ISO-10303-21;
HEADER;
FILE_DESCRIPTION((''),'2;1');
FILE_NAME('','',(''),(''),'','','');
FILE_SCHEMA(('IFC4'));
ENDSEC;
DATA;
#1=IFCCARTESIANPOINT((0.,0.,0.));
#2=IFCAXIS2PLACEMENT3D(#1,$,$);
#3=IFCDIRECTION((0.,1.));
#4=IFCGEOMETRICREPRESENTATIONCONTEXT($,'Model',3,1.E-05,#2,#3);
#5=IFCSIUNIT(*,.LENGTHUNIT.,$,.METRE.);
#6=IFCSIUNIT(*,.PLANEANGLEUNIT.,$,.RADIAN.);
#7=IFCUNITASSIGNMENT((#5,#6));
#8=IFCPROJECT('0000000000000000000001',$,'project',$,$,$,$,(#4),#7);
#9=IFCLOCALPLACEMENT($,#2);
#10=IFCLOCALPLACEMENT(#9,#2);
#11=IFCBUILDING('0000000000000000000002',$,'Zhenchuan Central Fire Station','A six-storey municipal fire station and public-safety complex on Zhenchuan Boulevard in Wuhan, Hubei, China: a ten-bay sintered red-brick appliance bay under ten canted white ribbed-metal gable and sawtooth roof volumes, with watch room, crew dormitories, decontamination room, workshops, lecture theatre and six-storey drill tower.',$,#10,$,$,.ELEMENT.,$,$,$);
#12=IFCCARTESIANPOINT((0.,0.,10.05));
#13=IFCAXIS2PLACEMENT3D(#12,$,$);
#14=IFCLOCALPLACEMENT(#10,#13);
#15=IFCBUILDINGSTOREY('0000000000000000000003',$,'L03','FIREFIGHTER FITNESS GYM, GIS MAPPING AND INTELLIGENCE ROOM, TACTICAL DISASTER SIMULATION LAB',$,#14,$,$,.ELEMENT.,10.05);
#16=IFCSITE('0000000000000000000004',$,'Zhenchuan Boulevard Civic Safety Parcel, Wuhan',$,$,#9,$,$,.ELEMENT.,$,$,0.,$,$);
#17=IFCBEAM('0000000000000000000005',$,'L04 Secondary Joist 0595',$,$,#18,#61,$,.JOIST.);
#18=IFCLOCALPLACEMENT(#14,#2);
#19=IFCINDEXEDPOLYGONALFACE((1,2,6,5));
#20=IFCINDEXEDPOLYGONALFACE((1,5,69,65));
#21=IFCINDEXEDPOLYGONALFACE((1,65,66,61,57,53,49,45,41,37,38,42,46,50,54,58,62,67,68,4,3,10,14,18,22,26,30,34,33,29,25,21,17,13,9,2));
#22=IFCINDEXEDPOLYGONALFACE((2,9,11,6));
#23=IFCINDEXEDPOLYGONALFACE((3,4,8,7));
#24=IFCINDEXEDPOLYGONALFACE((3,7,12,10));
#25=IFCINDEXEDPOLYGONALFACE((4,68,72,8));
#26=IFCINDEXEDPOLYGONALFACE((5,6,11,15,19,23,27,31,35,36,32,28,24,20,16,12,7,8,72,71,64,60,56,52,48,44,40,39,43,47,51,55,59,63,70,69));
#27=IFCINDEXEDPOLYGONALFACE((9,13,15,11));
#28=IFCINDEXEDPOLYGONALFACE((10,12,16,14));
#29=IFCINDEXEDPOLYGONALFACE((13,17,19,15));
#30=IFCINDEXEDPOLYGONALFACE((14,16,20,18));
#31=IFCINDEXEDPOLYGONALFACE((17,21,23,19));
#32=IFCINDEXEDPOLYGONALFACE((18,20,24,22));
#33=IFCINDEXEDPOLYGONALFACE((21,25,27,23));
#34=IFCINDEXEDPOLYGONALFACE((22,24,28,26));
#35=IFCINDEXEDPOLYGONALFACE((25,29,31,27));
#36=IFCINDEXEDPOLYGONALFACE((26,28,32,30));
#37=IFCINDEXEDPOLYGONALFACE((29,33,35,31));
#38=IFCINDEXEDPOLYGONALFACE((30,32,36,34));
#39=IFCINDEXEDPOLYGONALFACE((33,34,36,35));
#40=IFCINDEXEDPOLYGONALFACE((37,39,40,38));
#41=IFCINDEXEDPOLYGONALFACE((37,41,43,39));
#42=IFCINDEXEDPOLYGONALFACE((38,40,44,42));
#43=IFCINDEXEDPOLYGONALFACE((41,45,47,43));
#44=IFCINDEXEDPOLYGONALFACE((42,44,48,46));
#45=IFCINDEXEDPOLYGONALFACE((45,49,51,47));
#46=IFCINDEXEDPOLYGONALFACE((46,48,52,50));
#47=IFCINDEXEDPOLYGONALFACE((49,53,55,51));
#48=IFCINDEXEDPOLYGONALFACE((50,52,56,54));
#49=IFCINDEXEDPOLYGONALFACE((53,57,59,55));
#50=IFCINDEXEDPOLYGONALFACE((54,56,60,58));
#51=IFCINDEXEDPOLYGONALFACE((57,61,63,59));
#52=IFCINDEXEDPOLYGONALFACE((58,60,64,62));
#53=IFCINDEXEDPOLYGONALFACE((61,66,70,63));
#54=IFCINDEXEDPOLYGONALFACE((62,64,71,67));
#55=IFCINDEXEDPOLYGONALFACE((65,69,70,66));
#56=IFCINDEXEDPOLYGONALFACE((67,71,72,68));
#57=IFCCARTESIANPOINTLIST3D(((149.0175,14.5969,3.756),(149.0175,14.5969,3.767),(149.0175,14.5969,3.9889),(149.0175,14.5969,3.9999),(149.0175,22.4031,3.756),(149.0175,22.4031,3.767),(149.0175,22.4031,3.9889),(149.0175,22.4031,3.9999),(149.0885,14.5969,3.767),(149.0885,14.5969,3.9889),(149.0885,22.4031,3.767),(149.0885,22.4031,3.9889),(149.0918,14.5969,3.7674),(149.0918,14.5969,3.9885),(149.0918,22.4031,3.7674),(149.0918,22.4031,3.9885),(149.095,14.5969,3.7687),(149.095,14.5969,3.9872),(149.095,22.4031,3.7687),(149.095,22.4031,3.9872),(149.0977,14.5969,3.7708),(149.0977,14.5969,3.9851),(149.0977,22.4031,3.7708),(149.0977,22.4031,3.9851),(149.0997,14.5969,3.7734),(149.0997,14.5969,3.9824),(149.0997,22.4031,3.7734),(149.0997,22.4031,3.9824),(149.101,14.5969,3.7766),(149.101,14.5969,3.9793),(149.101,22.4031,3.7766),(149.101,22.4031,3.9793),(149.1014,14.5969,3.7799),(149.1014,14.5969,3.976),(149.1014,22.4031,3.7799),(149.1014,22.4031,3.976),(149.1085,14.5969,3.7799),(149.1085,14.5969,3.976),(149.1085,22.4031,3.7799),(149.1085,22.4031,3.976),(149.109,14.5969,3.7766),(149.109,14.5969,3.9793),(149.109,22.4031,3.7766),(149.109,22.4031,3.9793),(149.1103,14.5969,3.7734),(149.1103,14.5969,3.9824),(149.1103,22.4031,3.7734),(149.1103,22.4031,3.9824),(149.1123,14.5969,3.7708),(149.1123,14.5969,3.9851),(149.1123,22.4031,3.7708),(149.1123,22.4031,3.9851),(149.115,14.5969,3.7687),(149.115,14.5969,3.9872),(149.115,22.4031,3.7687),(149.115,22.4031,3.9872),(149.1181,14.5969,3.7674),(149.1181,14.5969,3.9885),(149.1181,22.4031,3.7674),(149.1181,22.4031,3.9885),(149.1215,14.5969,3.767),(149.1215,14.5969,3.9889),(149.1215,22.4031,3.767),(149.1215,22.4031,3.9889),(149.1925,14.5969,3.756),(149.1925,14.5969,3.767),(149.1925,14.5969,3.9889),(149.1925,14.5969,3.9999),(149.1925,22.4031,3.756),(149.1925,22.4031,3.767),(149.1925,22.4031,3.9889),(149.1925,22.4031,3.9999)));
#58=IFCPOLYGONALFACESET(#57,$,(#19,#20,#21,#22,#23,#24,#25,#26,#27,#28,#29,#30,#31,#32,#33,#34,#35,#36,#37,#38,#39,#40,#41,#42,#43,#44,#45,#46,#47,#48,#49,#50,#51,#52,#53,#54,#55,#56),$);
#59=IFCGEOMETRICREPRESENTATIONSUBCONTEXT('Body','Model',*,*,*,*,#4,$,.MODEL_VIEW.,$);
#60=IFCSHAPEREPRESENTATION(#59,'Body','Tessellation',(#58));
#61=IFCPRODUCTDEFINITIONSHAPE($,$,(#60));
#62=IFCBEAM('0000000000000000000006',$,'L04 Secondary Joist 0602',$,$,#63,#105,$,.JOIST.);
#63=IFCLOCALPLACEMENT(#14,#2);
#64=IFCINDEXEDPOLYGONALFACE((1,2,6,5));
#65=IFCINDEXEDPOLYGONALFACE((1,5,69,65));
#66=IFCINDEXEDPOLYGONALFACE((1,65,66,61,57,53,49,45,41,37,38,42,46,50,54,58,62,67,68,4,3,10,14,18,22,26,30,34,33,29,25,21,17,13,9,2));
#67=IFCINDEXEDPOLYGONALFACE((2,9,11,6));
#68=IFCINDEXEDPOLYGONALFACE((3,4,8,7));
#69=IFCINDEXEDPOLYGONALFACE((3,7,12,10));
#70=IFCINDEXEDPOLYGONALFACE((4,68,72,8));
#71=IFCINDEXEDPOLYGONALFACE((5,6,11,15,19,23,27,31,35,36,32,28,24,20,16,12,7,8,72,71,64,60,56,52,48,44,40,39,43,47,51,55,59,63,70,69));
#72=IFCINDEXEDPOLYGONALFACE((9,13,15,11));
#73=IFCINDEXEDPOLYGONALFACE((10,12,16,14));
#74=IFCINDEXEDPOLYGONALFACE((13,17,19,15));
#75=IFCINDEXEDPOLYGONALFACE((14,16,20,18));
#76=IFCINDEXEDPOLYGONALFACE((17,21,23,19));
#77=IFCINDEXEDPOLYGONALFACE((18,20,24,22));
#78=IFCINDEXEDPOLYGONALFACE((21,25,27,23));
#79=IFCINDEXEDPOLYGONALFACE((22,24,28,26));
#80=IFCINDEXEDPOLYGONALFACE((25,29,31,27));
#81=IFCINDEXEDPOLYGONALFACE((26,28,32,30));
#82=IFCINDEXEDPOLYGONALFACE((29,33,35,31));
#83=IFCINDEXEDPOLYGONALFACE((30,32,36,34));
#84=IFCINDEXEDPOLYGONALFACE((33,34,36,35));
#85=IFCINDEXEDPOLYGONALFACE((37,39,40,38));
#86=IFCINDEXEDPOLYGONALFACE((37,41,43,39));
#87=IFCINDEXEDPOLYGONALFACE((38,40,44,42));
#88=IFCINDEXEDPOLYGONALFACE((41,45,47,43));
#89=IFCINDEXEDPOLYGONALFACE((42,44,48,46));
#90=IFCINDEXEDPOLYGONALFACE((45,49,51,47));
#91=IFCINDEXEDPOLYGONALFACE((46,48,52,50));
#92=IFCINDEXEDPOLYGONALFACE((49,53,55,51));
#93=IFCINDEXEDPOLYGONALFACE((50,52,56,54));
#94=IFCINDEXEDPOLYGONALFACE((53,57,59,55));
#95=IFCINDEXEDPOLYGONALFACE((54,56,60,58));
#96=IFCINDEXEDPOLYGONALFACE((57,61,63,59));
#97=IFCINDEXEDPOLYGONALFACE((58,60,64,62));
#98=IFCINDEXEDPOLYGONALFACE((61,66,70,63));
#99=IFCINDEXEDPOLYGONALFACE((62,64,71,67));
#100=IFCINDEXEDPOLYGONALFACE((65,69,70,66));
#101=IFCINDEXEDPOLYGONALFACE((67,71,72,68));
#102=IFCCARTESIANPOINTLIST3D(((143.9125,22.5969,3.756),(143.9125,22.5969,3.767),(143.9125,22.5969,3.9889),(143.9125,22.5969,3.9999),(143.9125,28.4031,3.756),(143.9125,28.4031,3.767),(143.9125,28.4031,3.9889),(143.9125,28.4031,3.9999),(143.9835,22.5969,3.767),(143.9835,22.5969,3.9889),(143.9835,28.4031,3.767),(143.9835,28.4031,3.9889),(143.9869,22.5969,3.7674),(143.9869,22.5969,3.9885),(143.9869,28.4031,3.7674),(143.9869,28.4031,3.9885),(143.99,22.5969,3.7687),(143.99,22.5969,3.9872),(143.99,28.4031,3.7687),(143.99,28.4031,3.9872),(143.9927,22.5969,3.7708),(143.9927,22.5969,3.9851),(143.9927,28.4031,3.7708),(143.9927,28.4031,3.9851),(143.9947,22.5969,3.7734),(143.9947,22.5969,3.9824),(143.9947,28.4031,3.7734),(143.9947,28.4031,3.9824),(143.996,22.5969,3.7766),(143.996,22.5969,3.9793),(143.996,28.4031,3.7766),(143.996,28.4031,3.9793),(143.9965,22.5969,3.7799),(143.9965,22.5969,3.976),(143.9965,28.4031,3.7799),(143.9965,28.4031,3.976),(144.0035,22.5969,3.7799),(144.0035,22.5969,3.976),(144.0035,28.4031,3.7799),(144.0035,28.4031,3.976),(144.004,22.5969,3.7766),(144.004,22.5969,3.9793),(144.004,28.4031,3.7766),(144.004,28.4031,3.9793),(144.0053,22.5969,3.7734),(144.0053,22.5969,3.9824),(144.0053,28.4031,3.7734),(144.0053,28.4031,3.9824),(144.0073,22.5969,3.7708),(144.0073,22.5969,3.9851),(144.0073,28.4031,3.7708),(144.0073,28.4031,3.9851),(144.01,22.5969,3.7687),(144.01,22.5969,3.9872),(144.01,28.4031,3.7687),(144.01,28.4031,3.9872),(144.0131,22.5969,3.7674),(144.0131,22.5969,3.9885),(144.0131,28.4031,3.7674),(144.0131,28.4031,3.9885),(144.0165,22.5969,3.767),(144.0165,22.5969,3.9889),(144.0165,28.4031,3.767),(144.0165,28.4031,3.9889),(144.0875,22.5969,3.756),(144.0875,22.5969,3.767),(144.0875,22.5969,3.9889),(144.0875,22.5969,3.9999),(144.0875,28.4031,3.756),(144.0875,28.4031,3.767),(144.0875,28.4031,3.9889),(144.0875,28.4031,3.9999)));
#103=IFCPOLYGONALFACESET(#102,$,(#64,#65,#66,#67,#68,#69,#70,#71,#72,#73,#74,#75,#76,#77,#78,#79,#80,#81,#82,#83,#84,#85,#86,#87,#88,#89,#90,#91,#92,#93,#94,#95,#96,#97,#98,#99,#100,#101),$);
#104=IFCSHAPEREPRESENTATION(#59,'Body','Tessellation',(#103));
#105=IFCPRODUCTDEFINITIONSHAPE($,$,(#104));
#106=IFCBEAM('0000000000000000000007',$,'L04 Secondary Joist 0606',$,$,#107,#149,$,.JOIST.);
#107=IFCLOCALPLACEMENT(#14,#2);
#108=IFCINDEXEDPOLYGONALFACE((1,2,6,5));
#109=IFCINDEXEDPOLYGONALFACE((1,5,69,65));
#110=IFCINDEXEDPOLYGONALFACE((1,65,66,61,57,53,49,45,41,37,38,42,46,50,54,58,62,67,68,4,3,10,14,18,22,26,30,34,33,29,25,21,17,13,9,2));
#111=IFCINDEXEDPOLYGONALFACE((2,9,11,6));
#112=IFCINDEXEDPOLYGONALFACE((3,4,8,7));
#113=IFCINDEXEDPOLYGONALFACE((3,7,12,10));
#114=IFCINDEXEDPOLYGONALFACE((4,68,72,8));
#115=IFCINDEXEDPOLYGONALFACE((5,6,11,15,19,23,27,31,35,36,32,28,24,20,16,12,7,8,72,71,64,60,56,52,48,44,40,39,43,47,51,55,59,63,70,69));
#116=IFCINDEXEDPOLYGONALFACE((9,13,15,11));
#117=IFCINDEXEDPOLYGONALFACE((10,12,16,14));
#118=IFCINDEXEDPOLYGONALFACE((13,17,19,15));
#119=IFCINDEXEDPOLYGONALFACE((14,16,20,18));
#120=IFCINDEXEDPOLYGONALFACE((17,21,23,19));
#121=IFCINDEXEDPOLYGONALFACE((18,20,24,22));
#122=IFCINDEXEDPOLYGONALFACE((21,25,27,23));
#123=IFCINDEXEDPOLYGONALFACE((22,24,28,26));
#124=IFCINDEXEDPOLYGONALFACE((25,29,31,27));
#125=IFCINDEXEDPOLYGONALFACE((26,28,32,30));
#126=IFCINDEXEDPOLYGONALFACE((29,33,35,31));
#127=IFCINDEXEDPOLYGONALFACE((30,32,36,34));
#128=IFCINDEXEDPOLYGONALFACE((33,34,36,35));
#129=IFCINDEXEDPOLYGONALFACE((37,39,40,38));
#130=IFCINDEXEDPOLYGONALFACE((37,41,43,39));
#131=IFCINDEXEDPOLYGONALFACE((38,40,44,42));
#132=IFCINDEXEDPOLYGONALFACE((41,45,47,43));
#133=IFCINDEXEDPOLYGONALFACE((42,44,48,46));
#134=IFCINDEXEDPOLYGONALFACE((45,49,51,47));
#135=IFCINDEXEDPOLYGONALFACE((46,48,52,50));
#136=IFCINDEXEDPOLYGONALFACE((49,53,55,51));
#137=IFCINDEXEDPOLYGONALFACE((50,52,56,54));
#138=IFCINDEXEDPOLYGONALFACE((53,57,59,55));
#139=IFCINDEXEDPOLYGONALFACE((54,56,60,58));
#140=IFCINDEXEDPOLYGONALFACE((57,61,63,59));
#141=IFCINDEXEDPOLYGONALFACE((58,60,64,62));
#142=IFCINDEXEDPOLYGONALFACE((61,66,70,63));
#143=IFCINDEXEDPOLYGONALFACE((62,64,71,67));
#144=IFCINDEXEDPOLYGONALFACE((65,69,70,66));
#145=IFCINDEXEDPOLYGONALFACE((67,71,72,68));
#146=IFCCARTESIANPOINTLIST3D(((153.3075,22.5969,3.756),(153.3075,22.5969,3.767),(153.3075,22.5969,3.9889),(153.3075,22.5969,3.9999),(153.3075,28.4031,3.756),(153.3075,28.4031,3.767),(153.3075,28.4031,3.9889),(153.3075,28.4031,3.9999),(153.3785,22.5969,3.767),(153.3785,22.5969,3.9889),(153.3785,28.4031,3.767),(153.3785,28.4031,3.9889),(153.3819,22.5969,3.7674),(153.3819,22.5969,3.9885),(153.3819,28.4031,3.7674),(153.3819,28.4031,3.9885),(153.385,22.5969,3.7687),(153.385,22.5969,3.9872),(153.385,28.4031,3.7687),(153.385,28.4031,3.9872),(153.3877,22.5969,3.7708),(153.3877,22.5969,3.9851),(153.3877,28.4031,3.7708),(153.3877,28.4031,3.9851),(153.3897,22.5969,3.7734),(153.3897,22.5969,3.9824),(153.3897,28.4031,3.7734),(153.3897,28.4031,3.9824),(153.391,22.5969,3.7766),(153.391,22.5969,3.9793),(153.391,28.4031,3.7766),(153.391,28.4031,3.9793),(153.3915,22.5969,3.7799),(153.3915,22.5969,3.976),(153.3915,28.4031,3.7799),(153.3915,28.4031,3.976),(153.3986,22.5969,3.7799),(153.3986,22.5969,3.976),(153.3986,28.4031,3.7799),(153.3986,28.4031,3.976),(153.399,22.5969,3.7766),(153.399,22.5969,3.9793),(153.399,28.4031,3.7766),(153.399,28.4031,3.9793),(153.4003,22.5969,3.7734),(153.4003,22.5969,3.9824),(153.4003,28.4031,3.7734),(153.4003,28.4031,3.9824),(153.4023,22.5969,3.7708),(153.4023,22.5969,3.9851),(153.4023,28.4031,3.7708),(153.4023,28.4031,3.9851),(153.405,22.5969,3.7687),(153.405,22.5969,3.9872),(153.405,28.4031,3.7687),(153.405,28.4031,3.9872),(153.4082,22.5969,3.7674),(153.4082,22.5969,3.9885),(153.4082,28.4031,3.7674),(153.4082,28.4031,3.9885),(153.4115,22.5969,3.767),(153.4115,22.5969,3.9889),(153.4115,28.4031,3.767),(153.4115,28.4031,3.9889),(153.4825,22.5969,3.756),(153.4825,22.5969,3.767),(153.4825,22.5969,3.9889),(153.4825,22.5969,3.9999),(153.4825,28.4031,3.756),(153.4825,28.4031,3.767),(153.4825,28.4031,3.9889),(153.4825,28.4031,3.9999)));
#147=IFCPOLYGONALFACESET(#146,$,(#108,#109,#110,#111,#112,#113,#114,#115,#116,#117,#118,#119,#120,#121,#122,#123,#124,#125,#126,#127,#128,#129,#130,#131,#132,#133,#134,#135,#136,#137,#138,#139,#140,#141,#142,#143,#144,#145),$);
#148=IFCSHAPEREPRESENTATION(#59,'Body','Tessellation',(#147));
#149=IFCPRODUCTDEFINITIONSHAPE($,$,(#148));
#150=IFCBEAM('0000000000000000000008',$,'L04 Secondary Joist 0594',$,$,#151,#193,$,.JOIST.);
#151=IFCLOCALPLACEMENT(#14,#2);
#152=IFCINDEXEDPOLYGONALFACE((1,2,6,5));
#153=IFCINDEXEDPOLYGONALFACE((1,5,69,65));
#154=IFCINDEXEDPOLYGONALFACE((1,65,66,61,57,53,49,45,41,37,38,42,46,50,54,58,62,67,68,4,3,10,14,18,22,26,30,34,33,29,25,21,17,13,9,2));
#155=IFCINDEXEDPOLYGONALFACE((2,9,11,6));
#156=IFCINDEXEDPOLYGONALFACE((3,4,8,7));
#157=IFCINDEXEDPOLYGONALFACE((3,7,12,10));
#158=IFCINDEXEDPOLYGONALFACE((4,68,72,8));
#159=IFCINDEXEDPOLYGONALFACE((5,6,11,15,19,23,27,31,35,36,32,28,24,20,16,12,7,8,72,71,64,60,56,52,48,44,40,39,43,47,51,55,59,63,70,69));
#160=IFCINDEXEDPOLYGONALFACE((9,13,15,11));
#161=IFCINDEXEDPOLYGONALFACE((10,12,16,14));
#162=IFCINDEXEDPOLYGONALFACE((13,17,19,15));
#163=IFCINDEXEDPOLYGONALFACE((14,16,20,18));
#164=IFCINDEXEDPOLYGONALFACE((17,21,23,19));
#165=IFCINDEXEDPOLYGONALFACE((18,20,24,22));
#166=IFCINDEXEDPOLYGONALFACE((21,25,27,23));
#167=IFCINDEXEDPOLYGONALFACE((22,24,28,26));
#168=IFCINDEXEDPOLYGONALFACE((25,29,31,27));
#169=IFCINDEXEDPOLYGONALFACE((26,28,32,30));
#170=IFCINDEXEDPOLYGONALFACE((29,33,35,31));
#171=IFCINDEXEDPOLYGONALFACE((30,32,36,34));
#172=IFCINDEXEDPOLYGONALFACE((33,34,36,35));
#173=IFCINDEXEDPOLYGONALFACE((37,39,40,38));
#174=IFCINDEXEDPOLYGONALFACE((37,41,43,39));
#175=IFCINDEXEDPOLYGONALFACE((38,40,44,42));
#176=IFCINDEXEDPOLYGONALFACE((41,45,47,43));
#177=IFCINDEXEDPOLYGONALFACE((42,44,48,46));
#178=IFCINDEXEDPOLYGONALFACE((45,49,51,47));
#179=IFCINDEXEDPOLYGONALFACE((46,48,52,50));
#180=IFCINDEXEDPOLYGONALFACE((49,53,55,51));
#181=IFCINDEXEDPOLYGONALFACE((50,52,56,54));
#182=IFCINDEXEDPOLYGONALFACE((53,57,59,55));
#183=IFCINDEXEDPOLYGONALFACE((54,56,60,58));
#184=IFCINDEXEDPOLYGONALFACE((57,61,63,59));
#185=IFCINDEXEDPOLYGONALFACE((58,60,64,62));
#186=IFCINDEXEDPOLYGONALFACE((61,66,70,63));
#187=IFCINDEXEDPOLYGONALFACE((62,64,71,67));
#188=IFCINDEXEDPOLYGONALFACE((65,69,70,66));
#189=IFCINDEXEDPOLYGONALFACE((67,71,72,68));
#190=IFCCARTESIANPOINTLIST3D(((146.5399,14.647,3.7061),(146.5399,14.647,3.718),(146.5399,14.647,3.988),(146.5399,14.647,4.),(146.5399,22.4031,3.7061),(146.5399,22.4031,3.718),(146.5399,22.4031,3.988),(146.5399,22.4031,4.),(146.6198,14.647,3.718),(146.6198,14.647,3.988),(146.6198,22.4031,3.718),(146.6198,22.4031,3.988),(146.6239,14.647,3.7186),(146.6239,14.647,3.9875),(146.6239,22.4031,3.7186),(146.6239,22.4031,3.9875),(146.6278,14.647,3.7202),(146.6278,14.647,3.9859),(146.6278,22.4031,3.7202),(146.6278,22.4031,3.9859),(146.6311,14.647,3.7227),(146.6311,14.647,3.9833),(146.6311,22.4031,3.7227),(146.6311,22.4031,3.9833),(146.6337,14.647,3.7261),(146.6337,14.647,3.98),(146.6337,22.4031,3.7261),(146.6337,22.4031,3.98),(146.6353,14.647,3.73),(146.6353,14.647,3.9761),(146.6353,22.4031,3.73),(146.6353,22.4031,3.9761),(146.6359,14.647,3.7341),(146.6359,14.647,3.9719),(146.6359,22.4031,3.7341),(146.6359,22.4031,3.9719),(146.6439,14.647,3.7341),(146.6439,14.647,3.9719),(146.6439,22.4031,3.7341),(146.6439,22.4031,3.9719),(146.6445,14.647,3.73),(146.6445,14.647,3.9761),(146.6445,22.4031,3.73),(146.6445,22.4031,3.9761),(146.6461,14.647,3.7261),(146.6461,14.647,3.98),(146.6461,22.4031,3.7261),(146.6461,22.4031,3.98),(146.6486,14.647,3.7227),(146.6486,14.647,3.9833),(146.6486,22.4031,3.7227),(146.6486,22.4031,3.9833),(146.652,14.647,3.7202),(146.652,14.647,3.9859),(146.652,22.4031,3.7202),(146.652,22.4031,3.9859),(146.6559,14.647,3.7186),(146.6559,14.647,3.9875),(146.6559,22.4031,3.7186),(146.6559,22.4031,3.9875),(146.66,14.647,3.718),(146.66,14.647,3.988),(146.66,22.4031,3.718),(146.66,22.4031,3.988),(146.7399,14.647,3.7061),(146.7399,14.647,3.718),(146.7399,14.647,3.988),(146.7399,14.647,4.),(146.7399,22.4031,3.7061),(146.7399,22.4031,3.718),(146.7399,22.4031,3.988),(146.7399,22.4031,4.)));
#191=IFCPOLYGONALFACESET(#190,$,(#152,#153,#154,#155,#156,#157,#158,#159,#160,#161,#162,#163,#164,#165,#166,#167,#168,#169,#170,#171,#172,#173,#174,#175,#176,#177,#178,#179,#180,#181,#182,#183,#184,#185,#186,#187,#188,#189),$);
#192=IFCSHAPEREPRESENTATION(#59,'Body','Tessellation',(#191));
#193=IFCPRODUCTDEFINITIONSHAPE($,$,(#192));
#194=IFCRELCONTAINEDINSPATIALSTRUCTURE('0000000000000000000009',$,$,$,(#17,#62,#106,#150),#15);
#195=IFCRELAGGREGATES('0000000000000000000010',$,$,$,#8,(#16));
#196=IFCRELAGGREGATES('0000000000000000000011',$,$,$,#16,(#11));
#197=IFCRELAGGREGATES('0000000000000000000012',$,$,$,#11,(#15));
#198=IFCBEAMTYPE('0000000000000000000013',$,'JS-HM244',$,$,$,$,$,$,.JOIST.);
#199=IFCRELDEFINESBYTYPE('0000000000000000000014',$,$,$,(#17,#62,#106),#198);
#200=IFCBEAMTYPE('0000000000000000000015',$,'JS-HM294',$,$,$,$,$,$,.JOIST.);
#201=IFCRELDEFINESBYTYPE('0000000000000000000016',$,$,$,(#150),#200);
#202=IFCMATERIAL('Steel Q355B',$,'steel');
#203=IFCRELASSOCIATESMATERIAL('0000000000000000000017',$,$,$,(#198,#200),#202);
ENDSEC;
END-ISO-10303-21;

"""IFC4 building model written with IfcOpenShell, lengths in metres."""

from ifc_helpers import new_model, si_unit, direction, frame, origin, origin_2d, place, context, subcontext, project, spatial, i_section, extrude, material, material_profile, profile_set, type_object, element, save


model = new_model("IFC4")

# Units and contexts
model_context = context("Model", 3, precision=1e-05, world=origin(), true_north=direction((0.0, 1.0)))
body_context = subcontext(model_context, "Body", "Model", "MODEL_VIEW")
ifc_project = project(units=[si_unit("LENGTHUNIT", "METRE"), si_unit("PLANEANGLEUNIT", "RADIAN")], contexts=[model_context])

# Site, building, storey
site_placement = place(None, origin())
site = spatial("IfcSite", under=ifc_project, at=site_placement, Name="Zhenchuan Boulevard Civic Safety Parcel, Wuhan", CompositionType="ELEMENT", RefElevation=0.0)
building_placement = place(site_placement, origin())
building = spatial("IfcBuilding", under=site, at=building_placement, Name="Zhenchuan Central Fire Station", Description="A six-storey municipal fire station and public-safety complex on Zhenchuan Boulevard in Wuhan, Hubei, China: a ten-bay sintered red-brick appliance bay under ten canted white ribbed-metal gable and sawtooth roof volumes, with watch room, crew dormitories, decontamination room, workshops, lecture theatre and six-storey drill tower.", CompositionType="ELEMENT")
storey_placement = place(building_placement, frame((0.0, 0.0, 10.05)))
storey = spatial("IfcBuildingStorey", under=building, at=storey_placement, Name="L03", Description="FIREFIGHTER FITNESS GYM, GIS MAPPING AND INTELLIGENCE ROOM, TACTICAL DISASTER SIMULATION LAB", CompositionType="ELEMENT", Elevation=10.05)

# Shared definitions
ifc_material_1 = material(Name="Steel Q355B", Category="steel")

# Beams
ifc_material_profile_1 = material_profile(ifc_material_1, i_section(OverallWidth=0.175, OverallDepth=0.2439, WebThickness=0.0071, FlangeThickness=0.011, FilletRadius=0.0129, at=origin_2d()), Name="HM 244x175")
ifc_profile_set_1 = profile_set([ifc_material_profile_1], Name="Steel Q355B")
beam_type_1 = type_object("IfcBeamType", Name="JS-HM244", PredefinedType="JOIST", material=ifc_profile_set_1)
beam_1_placement = place(storey_placement, frame((149.105, 14.5969, 3.8779), z_axis=(0.0, 1.0, 0.0), x_axis=(-1.0, 0.0, 0.0)))
element("IfcBeam", 1, at=beam_1_placement, inside=storey, type_object=beam_type_1, Name="L04 Secondary Joist 0595", PredefinedType="JOIST", context=body_context, shape_type="SweptSolid", body=[
    extrude(i_section(OverallWidth=0.175, OverallDepth=0.2439, WebThickness=0.0071, FlangeThickness=0.011, FilletRadius=0.0129, at=origin_2d()), origin(), (0.0, 0.0, 1.0), 7.8062),
])
for number, where, z_axis, x_axis, name in (
    (2, (144.0, 22.5969, 3.8779), (0.0, 1.0, 0.0), (-1.0, 0.0, 0.0), "L04 Secondary Joist 0602"),
    (3, (153.395, 22.5969, 3.8779), (0.0, 1.0, 0.0), (-1.0, 0.0, 0.0), "L04 Secondary Joist 0606"),
):
    element("IfcBeam", number, at=place(storey_placement, frame(where, z_axis=z_axis, x_axis=x_axis)), inside=storey, type_object=beam_type_1, Name=name, PredefinedType="JOIST", context=body_context, shape_type="SweptSolid", body=[
        extrude(i_section(OverallWidth=0.175, OverallDepth=0.2439, WebThickness=0.0071, FlangeThickness=0.011, FilletRadius=0.0129, at=origin_2d()), origin(), (0.0, 0.0, 1.0), 5.8062),
    ])
ifc_material_profile_2 = material_profile(ifc_material_1, i_section(OverallWidth=0.2, OverallDepth=0.2939, WebThickness=0.0081, FlangeThickness=0.012, FilletRadius=0.0161, at=origin_2d()), Name="HM 294x200")
ifc_profile_set_2 = profile_set([ifc_material_profile_2], Name="Steel Q355B")
beam_type_2 = type_object("IfcBeamType", Name="JS-HM294", PredefinedType="JOIST", material=ifc_profile_set_2)
beam_2_placement = place(storey_placement, frame((146.6399, 14.647, 3.853), z_axis=(0.0, 1.0, 0.0), x_axis=(-1.0, 0.0, 0.0)))
element("IfcBeam", 4, at=beam_2_placement, inside=storey, type_object=beam_type_2, Name="L04 Secondary Joist 0594", PredefinedType="JOIST", context=body_context, shape_type="SweptSolid", body=[
    extrude(i_section(OverallWidth=0.2, OverallDepth=0.2939, WebThickness=0.0081, FlangeThickness=0.012, FilletRadius=0.0161, at=origin_2d()), origin(), (0.0, 0.0, 1.0), 7.7561),
])

save(model, "model.ifc")
